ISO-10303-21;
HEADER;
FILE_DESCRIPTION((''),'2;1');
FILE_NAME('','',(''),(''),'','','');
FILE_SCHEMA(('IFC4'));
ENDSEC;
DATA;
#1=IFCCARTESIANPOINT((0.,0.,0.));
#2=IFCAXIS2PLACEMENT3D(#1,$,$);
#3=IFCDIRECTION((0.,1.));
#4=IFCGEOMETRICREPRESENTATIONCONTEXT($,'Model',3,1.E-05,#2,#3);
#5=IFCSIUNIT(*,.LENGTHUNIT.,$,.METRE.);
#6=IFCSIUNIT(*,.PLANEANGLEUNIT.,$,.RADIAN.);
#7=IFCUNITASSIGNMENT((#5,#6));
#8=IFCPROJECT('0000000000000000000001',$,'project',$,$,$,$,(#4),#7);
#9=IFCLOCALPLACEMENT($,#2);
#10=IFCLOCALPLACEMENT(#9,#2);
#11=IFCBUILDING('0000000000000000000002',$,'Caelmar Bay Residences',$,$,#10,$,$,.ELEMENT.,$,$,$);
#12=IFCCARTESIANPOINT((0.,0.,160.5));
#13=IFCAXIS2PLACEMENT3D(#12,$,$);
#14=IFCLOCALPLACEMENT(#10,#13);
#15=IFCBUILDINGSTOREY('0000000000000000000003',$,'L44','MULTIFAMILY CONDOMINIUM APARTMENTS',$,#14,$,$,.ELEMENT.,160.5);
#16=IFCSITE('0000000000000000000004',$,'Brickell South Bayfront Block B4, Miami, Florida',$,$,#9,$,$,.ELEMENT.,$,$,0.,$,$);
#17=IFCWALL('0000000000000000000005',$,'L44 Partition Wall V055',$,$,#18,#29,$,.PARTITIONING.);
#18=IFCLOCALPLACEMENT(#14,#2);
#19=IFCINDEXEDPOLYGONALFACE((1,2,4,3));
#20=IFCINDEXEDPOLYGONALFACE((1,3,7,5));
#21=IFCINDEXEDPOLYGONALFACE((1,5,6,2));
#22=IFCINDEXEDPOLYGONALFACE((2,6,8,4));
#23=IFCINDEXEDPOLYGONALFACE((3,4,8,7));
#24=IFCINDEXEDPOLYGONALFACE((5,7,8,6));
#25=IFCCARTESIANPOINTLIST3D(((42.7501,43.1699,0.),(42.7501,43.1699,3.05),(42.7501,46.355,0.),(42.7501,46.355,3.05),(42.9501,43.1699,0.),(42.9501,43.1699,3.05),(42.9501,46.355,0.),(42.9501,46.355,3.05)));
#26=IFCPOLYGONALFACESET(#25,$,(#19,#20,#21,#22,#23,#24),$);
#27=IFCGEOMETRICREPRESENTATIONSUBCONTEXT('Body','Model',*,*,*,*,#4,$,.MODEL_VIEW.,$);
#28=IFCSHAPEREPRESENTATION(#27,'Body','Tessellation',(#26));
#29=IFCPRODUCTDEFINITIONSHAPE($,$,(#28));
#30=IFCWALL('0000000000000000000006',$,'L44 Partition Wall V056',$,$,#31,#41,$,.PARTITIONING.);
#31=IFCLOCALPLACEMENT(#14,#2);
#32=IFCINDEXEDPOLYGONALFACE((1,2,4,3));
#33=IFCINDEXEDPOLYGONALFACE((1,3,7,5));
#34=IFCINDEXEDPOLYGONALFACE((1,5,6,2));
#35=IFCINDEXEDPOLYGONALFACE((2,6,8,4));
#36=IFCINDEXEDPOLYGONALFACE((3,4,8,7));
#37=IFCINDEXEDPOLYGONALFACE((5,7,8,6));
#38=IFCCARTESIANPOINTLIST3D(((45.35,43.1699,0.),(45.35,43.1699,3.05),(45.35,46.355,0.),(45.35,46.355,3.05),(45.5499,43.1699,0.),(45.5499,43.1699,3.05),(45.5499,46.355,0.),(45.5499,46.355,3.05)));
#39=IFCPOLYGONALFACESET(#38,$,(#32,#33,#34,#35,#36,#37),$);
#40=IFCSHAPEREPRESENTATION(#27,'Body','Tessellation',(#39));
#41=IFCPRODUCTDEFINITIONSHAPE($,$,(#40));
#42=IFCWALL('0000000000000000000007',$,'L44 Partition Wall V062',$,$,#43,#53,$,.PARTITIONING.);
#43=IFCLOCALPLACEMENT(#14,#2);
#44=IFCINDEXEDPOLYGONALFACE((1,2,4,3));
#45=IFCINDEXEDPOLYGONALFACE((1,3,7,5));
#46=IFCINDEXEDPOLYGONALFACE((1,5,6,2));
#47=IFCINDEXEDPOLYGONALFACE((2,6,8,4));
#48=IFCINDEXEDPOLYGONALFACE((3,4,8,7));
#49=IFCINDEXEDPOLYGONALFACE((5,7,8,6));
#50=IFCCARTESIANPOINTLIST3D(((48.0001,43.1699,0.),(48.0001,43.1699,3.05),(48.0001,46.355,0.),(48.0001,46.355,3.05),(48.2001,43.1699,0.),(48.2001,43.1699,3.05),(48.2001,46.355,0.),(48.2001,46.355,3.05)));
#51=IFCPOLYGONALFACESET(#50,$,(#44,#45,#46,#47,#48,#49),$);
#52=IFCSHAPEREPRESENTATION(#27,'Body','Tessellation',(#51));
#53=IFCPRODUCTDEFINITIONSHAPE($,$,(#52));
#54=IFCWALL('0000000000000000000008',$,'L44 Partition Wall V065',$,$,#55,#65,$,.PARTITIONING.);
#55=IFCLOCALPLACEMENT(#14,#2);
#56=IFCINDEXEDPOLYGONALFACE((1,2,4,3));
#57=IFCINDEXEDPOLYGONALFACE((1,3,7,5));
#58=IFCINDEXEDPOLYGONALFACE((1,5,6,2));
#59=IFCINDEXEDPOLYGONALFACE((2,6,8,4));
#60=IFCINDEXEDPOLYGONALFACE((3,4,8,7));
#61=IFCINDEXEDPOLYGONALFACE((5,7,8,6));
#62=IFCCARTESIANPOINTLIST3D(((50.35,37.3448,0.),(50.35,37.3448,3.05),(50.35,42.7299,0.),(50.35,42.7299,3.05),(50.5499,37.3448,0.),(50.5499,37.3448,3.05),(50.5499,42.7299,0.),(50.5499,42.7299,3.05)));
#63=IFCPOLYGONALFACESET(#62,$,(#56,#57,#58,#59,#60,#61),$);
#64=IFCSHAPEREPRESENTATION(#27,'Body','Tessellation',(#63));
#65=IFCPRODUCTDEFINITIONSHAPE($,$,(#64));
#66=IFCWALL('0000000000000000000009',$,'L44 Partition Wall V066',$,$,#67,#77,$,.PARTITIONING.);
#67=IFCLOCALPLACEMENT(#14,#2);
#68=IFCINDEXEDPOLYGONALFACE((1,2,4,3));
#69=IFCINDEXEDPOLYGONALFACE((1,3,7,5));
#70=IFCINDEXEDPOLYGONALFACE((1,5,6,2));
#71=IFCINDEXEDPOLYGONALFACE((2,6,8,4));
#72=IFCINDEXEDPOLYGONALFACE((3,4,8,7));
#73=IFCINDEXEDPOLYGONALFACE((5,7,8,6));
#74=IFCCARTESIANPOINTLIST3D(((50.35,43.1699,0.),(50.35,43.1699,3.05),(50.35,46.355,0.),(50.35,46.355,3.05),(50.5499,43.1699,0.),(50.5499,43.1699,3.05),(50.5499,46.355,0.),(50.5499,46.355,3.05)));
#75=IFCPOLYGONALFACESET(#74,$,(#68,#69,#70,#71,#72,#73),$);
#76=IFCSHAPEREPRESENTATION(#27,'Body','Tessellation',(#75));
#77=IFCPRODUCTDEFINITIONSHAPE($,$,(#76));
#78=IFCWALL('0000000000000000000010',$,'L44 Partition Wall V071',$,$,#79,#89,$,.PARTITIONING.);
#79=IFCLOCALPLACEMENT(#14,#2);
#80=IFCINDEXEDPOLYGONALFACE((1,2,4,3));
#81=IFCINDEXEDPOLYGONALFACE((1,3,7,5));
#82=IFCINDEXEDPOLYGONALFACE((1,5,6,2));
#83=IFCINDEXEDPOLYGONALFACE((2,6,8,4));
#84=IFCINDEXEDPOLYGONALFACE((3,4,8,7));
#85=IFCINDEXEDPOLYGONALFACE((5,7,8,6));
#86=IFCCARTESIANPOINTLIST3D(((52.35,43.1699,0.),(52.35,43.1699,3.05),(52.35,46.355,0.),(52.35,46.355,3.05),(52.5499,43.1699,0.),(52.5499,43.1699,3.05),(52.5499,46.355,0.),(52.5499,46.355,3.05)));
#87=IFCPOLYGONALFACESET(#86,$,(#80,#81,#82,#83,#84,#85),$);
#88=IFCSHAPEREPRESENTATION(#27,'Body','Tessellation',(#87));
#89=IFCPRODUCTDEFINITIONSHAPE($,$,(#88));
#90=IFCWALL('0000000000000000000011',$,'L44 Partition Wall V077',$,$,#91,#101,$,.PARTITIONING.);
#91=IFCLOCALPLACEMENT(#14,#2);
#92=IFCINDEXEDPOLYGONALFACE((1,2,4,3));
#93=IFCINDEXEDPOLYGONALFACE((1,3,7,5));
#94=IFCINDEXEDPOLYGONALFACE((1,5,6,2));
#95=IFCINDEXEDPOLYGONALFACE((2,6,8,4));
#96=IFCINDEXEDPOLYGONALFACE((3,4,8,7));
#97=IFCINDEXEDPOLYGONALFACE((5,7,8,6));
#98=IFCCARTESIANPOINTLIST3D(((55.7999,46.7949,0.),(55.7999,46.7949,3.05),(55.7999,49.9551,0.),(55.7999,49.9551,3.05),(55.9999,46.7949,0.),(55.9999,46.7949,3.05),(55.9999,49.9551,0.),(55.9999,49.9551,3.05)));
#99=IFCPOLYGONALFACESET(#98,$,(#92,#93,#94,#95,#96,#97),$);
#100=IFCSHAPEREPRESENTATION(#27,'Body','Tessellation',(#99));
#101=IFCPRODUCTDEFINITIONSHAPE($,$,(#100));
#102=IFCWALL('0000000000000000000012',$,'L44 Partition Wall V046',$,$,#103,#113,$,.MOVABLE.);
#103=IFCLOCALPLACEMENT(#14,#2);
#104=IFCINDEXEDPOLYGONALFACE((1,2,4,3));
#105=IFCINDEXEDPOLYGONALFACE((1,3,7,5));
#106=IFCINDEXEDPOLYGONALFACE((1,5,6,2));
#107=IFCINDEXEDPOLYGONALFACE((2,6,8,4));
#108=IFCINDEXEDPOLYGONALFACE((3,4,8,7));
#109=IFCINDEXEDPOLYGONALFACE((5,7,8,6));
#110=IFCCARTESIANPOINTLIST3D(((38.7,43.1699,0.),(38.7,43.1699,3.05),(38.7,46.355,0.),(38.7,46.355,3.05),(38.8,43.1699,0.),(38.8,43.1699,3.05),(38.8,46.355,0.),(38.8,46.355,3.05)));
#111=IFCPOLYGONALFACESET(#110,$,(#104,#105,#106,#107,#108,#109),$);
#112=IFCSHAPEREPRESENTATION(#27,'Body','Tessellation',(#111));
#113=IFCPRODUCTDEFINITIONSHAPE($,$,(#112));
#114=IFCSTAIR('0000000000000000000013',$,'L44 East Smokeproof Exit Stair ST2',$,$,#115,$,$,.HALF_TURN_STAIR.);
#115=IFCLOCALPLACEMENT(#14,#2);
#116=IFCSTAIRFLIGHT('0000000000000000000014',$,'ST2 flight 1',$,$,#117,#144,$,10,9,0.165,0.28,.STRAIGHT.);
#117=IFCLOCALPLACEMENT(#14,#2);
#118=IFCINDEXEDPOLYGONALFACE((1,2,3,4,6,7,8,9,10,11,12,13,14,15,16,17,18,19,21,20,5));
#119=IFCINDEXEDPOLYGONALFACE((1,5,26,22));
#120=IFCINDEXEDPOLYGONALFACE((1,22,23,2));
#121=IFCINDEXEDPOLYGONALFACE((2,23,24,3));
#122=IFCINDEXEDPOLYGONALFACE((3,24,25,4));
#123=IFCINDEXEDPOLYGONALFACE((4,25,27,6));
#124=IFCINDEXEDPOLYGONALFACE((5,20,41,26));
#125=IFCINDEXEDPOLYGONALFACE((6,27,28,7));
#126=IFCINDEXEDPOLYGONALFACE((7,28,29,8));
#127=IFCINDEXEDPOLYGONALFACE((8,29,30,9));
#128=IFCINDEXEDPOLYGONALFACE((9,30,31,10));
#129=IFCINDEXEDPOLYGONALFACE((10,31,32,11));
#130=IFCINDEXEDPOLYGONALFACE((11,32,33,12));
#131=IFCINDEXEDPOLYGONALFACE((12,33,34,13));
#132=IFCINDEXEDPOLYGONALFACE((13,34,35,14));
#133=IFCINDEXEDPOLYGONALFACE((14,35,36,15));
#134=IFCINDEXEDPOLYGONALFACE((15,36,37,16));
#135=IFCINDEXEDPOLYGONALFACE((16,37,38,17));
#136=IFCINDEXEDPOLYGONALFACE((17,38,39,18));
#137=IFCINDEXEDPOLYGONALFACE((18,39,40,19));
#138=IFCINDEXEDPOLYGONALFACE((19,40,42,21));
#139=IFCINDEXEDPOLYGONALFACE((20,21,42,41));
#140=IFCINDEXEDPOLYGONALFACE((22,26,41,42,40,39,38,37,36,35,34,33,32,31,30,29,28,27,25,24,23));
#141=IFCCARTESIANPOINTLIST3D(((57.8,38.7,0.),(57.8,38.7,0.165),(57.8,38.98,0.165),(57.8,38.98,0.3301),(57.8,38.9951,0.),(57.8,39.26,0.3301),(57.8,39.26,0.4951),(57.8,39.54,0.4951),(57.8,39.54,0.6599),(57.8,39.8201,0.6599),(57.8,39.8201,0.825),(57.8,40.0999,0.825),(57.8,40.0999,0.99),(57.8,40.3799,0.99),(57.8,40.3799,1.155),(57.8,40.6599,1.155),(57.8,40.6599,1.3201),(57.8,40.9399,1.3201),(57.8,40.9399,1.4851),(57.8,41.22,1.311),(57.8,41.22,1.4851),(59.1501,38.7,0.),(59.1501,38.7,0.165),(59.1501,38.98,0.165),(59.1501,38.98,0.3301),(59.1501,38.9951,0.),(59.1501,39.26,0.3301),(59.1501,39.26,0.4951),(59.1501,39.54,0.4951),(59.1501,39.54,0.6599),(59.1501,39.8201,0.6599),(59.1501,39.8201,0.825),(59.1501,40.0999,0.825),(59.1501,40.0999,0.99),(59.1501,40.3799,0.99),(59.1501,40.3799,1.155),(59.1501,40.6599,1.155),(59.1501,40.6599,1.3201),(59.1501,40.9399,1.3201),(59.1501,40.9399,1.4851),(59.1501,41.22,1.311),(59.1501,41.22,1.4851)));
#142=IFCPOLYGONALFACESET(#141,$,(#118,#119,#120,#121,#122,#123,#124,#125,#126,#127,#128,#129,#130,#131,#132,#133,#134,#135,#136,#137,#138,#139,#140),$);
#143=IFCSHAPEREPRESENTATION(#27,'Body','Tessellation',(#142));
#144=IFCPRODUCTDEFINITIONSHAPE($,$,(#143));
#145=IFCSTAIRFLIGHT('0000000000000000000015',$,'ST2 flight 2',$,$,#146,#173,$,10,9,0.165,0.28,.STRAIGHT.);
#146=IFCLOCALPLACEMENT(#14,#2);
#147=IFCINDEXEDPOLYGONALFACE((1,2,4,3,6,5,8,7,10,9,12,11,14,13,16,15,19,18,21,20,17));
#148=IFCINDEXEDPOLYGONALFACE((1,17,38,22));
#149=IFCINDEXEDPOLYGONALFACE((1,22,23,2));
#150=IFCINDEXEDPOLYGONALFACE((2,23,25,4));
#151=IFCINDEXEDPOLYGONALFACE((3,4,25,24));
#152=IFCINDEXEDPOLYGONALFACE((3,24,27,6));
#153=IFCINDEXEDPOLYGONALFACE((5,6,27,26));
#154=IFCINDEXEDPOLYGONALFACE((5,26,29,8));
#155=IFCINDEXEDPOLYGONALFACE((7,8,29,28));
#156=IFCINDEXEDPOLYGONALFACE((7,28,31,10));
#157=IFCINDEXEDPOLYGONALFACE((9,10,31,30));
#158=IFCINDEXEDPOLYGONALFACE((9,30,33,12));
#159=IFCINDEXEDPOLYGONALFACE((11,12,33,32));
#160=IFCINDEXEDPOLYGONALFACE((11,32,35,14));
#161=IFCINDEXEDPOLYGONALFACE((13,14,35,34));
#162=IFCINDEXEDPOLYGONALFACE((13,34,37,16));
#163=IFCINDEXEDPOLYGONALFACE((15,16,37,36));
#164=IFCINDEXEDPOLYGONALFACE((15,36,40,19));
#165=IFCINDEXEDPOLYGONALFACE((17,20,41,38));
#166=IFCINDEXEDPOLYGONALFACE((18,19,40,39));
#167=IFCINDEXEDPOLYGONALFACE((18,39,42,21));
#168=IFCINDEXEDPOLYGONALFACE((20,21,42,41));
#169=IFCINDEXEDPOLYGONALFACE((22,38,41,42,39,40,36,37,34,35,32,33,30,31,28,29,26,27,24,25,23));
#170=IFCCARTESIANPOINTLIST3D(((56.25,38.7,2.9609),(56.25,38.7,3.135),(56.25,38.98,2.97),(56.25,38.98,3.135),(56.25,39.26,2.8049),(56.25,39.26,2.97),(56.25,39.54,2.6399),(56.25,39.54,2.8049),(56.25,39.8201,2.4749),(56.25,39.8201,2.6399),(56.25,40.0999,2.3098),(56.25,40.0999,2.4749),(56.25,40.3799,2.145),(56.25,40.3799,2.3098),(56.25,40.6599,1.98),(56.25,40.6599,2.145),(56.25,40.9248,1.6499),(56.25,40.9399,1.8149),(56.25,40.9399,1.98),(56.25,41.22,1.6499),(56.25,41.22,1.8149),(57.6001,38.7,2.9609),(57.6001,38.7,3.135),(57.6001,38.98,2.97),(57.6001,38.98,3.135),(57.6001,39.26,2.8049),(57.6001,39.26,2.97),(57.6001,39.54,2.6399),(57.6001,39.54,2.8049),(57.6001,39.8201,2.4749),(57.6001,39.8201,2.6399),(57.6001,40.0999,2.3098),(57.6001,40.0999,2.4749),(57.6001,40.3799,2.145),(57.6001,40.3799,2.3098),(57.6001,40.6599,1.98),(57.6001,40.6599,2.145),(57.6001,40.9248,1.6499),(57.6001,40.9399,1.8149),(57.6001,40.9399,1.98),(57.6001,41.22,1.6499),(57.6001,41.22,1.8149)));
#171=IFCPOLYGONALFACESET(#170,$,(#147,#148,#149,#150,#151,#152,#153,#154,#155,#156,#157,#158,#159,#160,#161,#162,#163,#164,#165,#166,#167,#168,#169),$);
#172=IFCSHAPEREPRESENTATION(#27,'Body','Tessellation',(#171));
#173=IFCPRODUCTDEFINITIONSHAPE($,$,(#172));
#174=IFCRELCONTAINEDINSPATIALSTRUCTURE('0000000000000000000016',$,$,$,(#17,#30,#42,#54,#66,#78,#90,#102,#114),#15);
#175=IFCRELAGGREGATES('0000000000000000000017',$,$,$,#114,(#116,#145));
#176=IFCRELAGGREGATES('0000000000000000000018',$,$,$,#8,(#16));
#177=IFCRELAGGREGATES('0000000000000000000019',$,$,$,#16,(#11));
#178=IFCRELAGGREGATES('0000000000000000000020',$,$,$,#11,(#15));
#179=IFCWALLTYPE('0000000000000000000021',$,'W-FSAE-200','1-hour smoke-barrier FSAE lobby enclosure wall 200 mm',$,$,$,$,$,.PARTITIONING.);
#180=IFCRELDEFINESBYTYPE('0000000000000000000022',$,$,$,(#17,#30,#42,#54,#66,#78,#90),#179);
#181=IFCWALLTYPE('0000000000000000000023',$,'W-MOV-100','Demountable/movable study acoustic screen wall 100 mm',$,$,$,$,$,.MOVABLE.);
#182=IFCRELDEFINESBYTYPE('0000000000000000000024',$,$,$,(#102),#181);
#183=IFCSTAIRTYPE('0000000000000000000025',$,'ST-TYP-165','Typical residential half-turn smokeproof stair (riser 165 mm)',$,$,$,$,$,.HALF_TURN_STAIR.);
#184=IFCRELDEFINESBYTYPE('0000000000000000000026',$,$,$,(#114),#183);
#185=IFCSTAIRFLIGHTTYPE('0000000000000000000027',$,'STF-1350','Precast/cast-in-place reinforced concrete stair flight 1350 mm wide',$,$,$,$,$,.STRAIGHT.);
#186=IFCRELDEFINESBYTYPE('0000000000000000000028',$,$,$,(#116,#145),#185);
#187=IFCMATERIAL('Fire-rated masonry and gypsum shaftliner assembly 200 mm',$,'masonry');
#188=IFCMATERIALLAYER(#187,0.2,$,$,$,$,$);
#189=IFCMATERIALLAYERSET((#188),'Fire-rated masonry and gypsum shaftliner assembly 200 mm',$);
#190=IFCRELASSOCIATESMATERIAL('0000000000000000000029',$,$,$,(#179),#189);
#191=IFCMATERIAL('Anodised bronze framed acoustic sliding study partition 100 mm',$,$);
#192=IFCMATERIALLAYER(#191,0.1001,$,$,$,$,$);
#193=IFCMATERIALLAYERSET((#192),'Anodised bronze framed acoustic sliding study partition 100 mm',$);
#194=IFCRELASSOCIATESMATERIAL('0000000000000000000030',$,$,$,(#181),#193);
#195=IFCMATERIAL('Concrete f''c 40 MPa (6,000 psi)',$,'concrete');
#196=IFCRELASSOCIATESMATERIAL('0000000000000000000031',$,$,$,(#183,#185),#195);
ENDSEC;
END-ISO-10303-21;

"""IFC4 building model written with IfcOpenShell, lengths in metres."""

from ifc_helpers import new_model, si_unit, direction, frame, frame_2d, origin, place, context, subcontext, project, spatial, polyline, rectangle, outline, extrude, material, layer, layer_set, type_object, element, aggregate, save


model = new_model("IFC4")

# Units and contexts
model_context = context("Model", 3, precision=1e-05, world=origin(), true_north=direction((0.0, 1.0)))
body_context = subcontext(model_context, "Body", "Model", "MODEL_VIEW")
ifc_project = project(units=[si_unit("LENGTHUNIT", "METRE"), si_unit("PLANEANGLEUNIT", "RADIAN")], contexts=[model_context])

# Site, building, storey
site_placement = place(None, origin())
site = spatial("IfcSite", under=ifc_project, at=site_placement, Name="Brickell South Bayfront Block B4, Miami, Florida", CompositionType="ELEMENT", RefElevation=0.0)
building_placement = place(site_placement, origin())
building = spatial("IfcBuilding", under=site, at=building_placement, Name="Caelmar Bay Residences", CompositionType="ELEMENT")
storey_placement = place(building_placement, frame((0.0, 0.0, 160.5)))
storey = spatial("IfcBuildingStorey", under=building, at=storey_placement, Name="L44", Description="MULTIFAMILY CONDOMINIUM APARTMENTS", CompositionType="ELEMENT", Elevation=160.5)

# Walls
ifc_material_1 = material(Name="Fire-rated masonry and gypsum shaftliner assembly 200 mm", Category="masonry")
ifc_layer_1 = layer(ifc_material_1, 0.2)
ifc_layer_set_1 = layer_set([ifc_layer_1], Name="Fire-rated masonry and gypsum shaftliner assembly 200 mm")
wall_type_1 = type_object("IfcWallType", Name="W-FSAE-200", Description="1-hour smoke-barrier FSAE lobby enclosure wall 200 mm", PredefinedType="PARTITIONING", material=ifc_layer_set_1)
for number, where, z_axis, x_axis, name in (
    (1, (42.8501, 43.1699, 0.0), (0.0, 0.0, 1.0), (0.0, 1.0, 0.0), "L44 Partition Wall V055"),
    (2, (45.45, 43.1699, 0.0), (0.0, 0.0, 1.0), (0.0, 1.0, 0.0), "L44 Partition Wall V056"),
    (3, (48.1001, 43.1699, 0.0), (0.0, 0.0, 1.0), (0.0, 1.0, 0.0), "L44 Partition Wall V062"),
):
    element("IfcWall", number, at=place(storey_placement, frame(where, z_axis=z_axis, x_axis=x_axis)), inside=storey, type_object=wall_type_1, Name=name, PredefinedType="PARTITIONING", context=body_context, shape_type="SweptSolid", body=[
        extrude(rectangle(XDim=3.1851, YDim=0.2, at=frame_2d((1.5925, 0.0))), origin(), (0.0, 0.0, 1.0), 3.05),
    ])
wall_1_placement = place(storey_placement, frame((50.45, 37.345, 0.0), z_axis=(0.0, 0.0, 1.0), x_axis=(0.0, 1.0, 0.0)))
element("IfcWall", 4, at=wall_1_placement, inside=storey, type_object=wall_type_1, Name="L44 Partition Wall V065", PredefinedType="PARTITIONING", context=body_context, shape_type="SweptSolid", body=[
    extrude(rectangle(XDim=5.385, YDim=0.2, at=frame_2d((2.6924, 0.0))), origin(), (0.0, 0.0, 1.0), 3.05),
])
for number, where, z_axis, x_axis, name in (
    (5, (50.45, 43.1699, 0.0), (0.0, 0.0, 1.0), (0.0, 1.0, 0.0), "L44 Partition Wall V066"),
    (6, (52.45, 43.1699, 0.0), (0.0, 0.0, 1.0), (0.0, 1.0, 0.0), "L44 Partition Wall V071"),
):
    element("IfcWall", number, at=place(storey_placement, frame(where, z_axis=z_axis, x_axis=x_axis)), inside=storey, type_object=wall_type_1, Name=name, PredefinedType="PARTITIONING", context=body_context, shape_type="SweptSolid", body=[
        extrude(rectangle(XDim=3.1851, YDim=0.2, at=frame_2d((1.5925, 0.0))), origin(), (0.0, 0.0, 1.0), 3.05),
    ])
wall_2_placement = place(storey_placement, frame((55.8999, 46.7949, 0.0), z_axis=(0.0, 0.0, 1.0), x_axis=(0.0, 1.0, 0.0)))
element("IfcWall", 7, at=wall_2_placement, inside=storey, type_object=wall_type_1, Name="L44 Partition Wall V077", PredefinedType="PARTITIONING", context=body_context, shape_type="SweptSolid", body=[
    extrude(rectangle(XDim=3.1602, YDim=0.2, at=frame_2d((1.5801, 0.0))), origin(), (0.0, 0.0, 1.0), 3.05),
])
ifc_material_2 = material(Name="Anodised bronze framed acoustic sliding study partition 100 mm")
ifc_layer_2 = layer(ifc_material_2, 0.1001)
ifc_layer_set_2 = layer_set([ifc_layer_2], Name="Anodised bronze framed acoustic sliding study partition 100 mm")
wall_type_2 = type_object("IfcWallType", Name="W-MOV-100", Description="Demountable/movable study acoustic screen wall 100 mm", PredefinedType="MOVABLE", material=ifc_layer_set_2)
wall_3_placement = place(storey_placement, frame((38.75, 43.1699, 0.0), z_axis=(0.0, 0.0, 1.0), x_axis=(0.0, 1.0, 0.0)))
element("IfcWall", 8, at=wall_3_placement, inside=storey, type_object=wall_type_2, Name="L44 Partition Wall V046", PredefinedType="MOVABLE", context=body_context, shape_type="SweptSolid", body=[
    extrude(rectangle(XDim=3.1851, YDim=0.1001, at=frame_2d((1.5925, 0.0))), origin(), (0.0, 0.0, 1.0), 3.05),
])

# Stair, stair flights
ifc_material_3 = material(Name="Concrete f'c 40 MPa (6,000 psi)", Category="concrete")
stair_type = type_object("IfcStairType", Name="ST-TYP-165", Description="Typical residential half-turn smokeproof stair (riser 165 mm)", PredefinedType="HALF_TURN_STAIR", material=ifc_material_3)
stair_placement = place(storey_placement, origin())
stair = element("IfcStair", 9, at=stair_placement, inside=storey, type_object=stair_type, Name="L44 East Smokeproof Exit Stair ST2", PredefinedType="HALF_TURN_STAIR")
stair_flight_type = type_object("IfcStairFlightType", Name="STF-1350", Description="Precast/cast-in-place reinforced concrete stair flight 1350 mm wide", PredefinedType="STRAIGHT", material=ifc_material_3)
stair_flight_1_placement = place(storey_placement, frame((58.4751, 38.7, 0.0), z_axis=(0.0, 0.0, 1.0), x_axis=(0.0, 1.0, 0.0)))
stair_flight_1 = element("IfcStairFlight", 10, at=stair_flight_1_placement, type_object=stair_flight_type, Name="ST2 flight 1", NumberOfRisers=10, NumberOfTreads=9, PredefinedType="STRAIGHT", RiserHeight=0.165, TreadLength=0.28, context=body_context, shape_type="SweptSolid", body=[
    extrude(outline(polyline([(0.0, 0.0), (0.0, 0.165), (0.28, 0.165), (0.28, 0.3301), (0.5601, 0.3301), (0.5601, 0.4951), (0.8401, 0.4951), (0.8401, 0.6599), (1.1201, 0.6599), (1.1201, 0.825), (1.3999, 0.825), (1.3999, 0.99), (1.6799, 0.99), (1.6799, 1.155), (1.96, 1.155), (1.96, 1.3201), (2.24, 1.3201), (2.24, 1.4851), (2.52, 1.4851), (2.52, 1.6499), (2.52, 1.311), (0.2952, 0.0), (0.0, 0.0)])), frame((0.0, 0.675, 0.0), z_axis=(0.0, -1.0, 0.0), x_axis=(1.0, 0.0, 0.0)), (0.0, 0.0, 1.0), 1.3501),
])
stair_flight_2_placement = place(storey_placement, frame((56.925, 41.22, 1.6499), z_axis=(0.0, 0.0, 1.0), x_axis=(0.0, -1.0, 0.0)))
stair_flight_2 = element("IfcStairFlight", 11, at=stair_flight_2_placement, type_object=stair_flight_type, Name="ST2 flight 2", NumberOfRisers=10, NumberOfTreads=9, PredefinedType="STRAIGHT", RiserHeight=0.165, TreadLength=0.28, context=body_context, shape_type="SweptSolid", body=[
    extrude(outline(polyline([(0.0, 0.0), (0.0, 0.165), (0.28, 0.165), (0.28, 0.3301), (0.5601, 0.3301), (0.5601, 0.4951), (0.8401, 0.4951), (0.8401, 0.6599), (1.1201, 0.6599), (1.1201, 0.825), (1.3999, 0.825), (1.3999, 0.99), (1.6799, 0.99), (1.6799, 1.155), (1.96, 1.155), (1.96, 1.3201), (2.24, 1.3201), (2.24, 1.4851), (2.52, 1.4851), (2.52, 1.6499), (2.52, 1.311), (0.2952, 0.0), (0.0, 0.0)])), frame((0.0, 0.675, 0.0), z_axis=(0.0, -1.0, 0.0), x_axis=(1.0, 0.0, 0.0)), (0.0, 0.0, 1.0), 1.3501),
])
aggregate(stair, [stair_flight_1, stair_flight_2])

save(model, "model.ifc")
